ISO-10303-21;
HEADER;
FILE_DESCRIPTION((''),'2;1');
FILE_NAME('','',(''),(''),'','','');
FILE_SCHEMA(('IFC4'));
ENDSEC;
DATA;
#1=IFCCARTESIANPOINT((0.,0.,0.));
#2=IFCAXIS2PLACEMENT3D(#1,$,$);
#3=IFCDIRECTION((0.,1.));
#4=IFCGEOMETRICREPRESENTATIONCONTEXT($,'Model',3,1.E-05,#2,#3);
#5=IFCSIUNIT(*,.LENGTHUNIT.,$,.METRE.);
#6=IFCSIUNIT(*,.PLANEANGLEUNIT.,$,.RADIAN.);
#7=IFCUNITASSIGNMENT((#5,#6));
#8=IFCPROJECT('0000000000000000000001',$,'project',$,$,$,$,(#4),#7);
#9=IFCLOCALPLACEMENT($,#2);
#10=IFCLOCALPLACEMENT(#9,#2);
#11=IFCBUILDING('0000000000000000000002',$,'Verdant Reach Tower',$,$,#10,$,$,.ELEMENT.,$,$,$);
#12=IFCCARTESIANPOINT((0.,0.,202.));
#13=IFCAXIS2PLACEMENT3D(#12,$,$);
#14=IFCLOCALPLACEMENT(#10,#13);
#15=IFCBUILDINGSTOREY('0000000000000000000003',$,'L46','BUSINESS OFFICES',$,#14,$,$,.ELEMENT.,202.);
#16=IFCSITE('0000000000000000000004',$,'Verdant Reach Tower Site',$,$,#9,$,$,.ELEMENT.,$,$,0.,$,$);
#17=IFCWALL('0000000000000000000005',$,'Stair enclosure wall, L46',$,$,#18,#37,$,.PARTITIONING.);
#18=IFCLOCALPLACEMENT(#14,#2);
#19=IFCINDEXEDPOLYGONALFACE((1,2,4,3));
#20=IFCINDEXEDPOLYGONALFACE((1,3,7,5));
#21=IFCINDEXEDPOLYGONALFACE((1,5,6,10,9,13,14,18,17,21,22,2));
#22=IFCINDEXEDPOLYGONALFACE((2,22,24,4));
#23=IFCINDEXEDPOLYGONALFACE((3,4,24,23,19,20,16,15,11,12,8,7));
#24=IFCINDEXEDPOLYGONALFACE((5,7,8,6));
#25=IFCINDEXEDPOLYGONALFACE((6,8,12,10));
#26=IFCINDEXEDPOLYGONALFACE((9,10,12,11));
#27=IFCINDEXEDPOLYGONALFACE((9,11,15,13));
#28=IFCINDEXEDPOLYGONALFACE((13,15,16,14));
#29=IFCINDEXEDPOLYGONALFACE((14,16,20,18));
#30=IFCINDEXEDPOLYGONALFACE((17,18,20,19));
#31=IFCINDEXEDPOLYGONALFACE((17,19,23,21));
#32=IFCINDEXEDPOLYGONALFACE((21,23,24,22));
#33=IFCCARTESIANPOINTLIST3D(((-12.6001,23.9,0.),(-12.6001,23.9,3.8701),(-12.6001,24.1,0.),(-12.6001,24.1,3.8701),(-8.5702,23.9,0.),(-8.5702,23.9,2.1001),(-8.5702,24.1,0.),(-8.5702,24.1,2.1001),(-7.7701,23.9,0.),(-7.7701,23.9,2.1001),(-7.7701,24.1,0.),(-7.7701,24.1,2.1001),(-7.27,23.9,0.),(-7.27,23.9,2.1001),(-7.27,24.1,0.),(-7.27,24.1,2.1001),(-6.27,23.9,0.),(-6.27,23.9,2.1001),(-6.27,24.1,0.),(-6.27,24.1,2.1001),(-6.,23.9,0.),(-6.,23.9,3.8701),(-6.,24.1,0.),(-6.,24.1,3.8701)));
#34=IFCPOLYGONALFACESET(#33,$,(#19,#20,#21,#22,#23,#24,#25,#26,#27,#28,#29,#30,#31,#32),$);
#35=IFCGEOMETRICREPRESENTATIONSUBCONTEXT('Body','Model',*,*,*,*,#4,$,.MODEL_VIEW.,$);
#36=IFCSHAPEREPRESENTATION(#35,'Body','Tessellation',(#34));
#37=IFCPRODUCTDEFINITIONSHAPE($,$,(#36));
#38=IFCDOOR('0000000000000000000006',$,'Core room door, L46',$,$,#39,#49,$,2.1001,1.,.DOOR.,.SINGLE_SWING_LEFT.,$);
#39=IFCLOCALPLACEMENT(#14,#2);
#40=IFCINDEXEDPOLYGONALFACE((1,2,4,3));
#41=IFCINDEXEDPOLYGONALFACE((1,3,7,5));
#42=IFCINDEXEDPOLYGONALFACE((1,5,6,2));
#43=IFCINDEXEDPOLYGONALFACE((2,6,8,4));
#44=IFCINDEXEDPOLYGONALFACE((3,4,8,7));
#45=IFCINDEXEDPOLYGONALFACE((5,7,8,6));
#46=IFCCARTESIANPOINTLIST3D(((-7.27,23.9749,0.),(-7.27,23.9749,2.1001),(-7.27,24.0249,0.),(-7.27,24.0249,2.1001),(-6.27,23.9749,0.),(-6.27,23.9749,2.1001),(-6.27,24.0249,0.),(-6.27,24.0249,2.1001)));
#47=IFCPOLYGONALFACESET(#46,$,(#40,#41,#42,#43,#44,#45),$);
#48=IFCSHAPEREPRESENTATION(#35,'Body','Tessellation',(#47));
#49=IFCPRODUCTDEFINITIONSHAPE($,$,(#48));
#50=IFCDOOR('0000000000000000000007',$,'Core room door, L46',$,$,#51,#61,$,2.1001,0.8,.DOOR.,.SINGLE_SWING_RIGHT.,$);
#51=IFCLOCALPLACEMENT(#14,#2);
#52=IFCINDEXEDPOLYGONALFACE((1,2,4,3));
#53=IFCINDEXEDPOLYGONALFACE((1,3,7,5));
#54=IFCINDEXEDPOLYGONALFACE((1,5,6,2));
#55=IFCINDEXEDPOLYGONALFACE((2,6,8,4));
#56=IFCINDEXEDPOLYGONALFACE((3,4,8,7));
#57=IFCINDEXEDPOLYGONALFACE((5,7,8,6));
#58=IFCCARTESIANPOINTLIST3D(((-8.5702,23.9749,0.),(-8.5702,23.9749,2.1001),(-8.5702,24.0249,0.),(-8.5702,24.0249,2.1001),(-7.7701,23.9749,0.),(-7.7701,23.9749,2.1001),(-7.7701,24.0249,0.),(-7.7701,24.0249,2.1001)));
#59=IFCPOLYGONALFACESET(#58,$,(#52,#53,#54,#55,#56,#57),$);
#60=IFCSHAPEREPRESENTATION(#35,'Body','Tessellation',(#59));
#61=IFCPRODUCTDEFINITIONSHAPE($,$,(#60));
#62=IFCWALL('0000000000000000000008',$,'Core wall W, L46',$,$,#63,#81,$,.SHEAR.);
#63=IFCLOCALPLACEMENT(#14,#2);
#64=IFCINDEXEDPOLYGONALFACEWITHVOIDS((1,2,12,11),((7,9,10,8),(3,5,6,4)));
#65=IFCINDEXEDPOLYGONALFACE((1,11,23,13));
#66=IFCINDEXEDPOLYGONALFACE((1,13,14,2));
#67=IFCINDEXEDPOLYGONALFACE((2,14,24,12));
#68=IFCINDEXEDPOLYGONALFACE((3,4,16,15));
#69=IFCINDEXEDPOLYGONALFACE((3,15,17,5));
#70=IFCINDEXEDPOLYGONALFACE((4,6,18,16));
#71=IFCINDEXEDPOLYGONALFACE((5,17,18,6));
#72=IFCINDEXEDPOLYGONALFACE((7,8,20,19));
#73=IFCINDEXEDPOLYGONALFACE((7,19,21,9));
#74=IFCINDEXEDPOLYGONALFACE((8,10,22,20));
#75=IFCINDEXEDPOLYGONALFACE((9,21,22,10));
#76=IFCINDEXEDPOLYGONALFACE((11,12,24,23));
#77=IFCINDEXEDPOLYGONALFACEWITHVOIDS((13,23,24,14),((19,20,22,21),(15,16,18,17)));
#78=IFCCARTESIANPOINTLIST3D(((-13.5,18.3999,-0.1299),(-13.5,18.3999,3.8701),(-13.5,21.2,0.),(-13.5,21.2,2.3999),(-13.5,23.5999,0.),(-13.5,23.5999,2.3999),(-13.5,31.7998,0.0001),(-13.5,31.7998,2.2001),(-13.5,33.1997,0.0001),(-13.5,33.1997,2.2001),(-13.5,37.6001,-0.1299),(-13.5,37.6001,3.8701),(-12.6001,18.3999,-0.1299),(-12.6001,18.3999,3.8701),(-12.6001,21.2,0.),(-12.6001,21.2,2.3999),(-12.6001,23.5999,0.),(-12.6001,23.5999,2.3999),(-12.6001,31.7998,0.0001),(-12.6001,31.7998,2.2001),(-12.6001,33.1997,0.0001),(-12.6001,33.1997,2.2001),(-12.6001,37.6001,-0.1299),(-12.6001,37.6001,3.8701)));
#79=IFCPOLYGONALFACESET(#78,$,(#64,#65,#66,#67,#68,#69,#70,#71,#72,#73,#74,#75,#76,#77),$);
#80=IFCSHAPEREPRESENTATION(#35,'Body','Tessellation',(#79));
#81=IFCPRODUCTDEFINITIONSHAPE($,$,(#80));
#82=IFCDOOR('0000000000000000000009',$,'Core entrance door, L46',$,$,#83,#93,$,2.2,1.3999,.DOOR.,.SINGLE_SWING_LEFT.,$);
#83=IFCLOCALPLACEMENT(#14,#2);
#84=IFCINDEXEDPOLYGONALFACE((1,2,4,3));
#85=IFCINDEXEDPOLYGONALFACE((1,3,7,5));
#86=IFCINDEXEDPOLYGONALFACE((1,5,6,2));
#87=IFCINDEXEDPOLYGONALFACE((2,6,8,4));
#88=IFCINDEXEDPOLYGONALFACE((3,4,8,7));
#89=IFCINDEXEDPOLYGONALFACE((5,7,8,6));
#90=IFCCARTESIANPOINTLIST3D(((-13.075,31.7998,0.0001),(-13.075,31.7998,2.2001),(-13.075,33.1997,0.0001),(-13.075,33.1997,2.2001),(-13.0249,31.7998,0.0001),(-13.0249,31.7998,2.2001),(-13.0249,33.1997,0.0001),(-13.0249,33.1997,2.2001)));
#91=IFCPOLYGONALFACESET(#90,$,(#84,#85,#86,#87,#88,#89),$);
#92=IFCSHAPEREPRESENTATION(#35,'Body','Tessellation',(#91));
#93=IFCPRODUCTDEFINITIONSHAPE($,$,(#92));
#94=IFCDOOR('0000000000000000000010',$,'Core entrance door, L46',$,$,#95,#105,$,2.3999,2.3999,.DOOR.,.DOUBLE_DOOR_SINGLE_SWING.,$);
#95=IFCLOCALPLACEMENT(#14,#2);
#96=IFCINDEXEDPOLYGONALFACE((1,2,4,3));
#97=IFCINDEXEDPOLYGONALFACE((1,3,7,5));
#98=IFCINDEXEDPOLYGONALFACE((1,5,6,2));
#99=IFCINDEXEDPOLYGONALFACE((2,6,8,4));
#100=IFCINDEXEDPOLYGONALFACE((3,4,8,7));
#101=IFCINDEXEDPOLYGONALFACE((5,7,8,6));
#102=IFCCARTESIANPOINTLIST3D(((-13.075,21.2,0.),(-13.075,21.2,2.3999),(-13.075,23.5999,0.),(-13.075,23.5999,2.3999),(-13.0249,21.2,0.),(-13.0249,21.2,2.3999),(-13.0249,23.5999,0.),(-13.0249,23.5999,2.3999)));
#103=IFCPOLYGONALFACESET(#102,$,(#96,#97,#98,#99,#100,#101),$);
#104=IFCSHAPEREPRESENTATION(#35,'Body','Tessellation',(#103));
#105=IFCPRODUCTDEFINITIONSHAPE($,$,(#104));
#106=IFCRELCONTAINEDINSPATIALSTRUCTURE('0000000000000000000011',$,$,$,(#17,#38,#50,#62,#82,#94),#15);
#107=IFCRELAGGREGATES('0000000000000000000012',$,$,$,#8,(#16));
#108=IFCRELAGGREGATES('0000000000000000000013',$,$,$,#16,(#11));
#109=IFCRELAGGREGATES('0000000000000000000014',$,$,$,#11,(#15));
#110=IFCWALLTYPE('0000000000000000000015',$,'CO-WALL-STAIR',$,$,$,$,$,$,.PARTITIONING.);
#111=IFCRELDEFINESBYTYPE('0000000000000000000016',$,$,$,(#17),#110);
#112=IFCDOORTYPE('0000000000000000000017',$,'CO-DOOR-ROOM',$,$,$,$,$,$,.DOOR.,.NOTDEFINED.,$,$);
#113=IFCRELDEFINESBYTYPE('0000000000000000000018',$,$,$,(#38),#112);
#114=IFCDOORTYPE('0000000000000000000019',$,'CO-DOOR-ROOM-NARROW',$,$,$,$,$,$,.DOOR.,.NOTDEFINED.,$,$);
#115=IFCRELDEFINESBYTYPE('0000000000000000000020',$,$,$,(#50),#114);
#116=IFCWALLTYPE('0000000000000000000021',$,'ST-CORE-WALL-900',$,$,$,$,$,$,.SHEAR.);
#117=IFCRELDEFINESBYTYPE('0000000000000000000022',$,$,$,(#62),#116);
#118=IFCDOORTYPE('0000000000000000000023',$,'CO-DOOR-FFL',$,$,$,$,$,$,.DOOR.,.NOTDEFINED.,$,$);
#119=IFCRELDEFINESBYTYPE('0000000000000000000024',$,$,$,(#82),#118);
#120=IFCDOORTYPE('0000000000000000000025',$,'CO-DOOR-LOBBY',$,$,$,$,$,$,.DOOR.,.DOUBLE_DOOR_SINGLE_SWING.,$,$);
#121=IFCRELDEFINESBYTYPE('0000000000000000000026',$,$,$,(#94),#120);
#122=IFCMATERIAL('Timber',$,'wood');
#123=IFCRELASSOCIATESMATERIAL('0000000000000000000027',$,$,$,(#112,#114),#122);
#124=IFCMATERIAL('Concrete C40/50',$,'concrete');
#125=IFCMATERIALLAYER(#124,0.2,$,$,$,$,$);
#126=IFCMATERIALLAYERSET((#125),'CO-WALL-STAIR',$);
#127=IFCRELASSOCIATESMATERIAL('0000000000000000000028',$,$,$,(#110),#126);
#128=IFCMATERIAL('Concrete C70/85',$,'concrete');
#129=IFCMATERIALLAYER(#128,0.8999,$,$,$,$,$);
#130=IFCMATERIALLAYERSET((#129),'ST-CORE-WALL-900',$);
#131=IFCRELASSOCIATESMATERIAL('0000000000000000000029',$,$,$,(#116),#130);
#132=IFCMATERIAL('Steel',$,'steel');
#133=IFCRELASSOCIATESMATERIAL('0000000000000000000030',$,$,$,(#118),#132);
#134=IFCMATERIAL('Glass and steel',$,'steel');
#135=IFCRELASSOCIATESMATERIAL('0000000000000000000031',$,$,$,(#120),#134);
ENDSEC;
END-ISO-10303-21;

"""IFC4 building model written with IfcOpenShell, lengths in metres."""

from ifc_helpers import new_model, si_unit, direction, frame, frame_2d, origin, place, context, subcontext, project, spatial, rectangle, extrude, material, layer, layer_set, type_object, element, fill, save


model = new_model("IFC4")

# Units and contexts
model_context = context("Model", 3, precision=1e-05, world=origin(), true_north=direction((0.0, 1.0)))
body_context = subcontext(model_context, "Body", "Model", "MODEL_VIEW")
ifc_project = project(units=[si_unit("LENGTHUNIT", "METRE"), si_unit("PLANEANGLEUNIT", "RADIAN")], contexts=[model_context])

# Site, building, storey
site_placement = place(None, origin())
site = spatial("IfcSite", under=ifc_project, at=site_placement, Name="Verdant Reach Tower Site", CompositionType="ELEMENT", RefElevation=0.0)
building_placement = place(site_placement, origin())
building = spatial("IfcBuilding", under=site, at=building_placement, Name="Verdant Reach Tower", CompositionType="ELEMENT")
storey_placement = place(building_placement, frame((0.0, 0.0, 202.0)))
storey = spatial("IfcBuildingStorey", under=building, at=storey_placement, Name="L46", Description="BUSINESS OFFICES", CompositionType="ELEMENT", Elevation=202.0)

# Shared definitions
ifc_material_1 = material(Name="Timber", Category="wood")
door_type_1 = type_object("IfcDoorType", Name="CO-DOOR-ROOM", OperationType="NOTDEFINED", PredefinedType="DOOR", material=ifc_material_1)

# Walls, openings, doors
ifc_material_2 = material(Name="Concrete C40/50", Category="concrete")
ifc_layer_1 = layer(ifc_material_2, 0.2)
ifc_layer_set_1 = layer_set([ifc_layer_1], Name="CO-WALL-STAIR")
wall_type_1 = type_object("IfcWallType", Name="CO-WALL-STAIR", PredefinedType="PARTITIONING", material=ifc_layer_set_1)
wall_1_placement = place(storey_placement, frame((-12.6001, 24.0, 0.0), z_axis=(0.0, 0.0, 1.0), x_axis=(1.0, 0.0, 0.0)))
wall_1 = element("IfcWall", 1, at=wall_1_placement, inside=storey, type_object=wall_type_1, Name="Stair enclosure wall, L46", PredefinedType="PARTITIONING", context=body_context, shape_type="SweptSolid", body=[
    extrude(rectangle(XDim=6.6001, YDim=0.2, at=frame_2d((3.3, 0.0))), origin(), (0.0, 0.0, 1.0), 3.8701),
])
opening_1_placement = place(wall_1_placement, frame((4.03, 0.0, 0.0)))
opening_1 = element("IfcOpeningElement", 2, at=opening_1_placement, cuts=wall_1, PredefinedType="OPENING", context=body_context, shape_type="SweptSolid", body=[
    extrude(rectangle(XDim=0.8, YDim=2.1001, at=frame_2d((0.3999, 1.05))), frame((0.0, 0.1099, 0.0), z_axis=(0.0, -1.0, 0.0), x_axis=(1.0, 0.0, 0.0)), (0.0, 0.0, 1.0), 0.22),
])
opening_2_placement = place(wall_1_placement, frame((5.3301, 0.0, 0.0)))
opening_2 = element("IfcOpeningElement", 3, at=opening_2_placement, cuts=wall_1, PredefinedType="OPENING", context=body_context, shape_type="SweptSolid", body=[
    extrude(rectangle(XDim=1.0, YDim=2.1001, at=frame_2d((0.5, 1.05))), frame((0.0, 0.1099, 0.0), z_axis=(0.0, -1.0, 0.0), x_axis=(1.0, 0.0, 0.0)), (0.0, 0.0, 1.0), 0.22),
])
door_1_placement = place(opening_2_placement, origin())
door_1 = element("IfcDoor", 4, at=door_1_placement, inside=storey, type_object=door_type_1, Name="Core room door, L46", OperationType="SINGLE_SWING_LEFT", OverallHeight=2.1001, OverallWidth=1.0, PredefinedType="DOOR", context=body_context, shape_type="SweptSolid", body=[
    extrude(rectangle(XDim=1.0, YDim=2.1001, at=frame_2d((0.5, 1.05))), frame((0.0, 0.0249, 0.0), z_axis=(0.0, -1.0, 0.0), x_axis=(1.0, 0.0, 0.0)), (0.0, 0.0, 1.0), 0.05),
])
fill(opening_2, door_1)
door_type_2 = type_object("IfcDoorType", Name="CO-DOOR-ROOM-NARROW", OperationType="NOTDEFINED", PredefinedType="DOOR", material=ifc_material_1)
door_2_placement = place(opening_1_placement, origin())
door_2 = element("IfcDoor", 5, at=door_2_placement, inside=storey, type_object=door_type_2, Name="Core room door, L46", OperationType="SINGLE_SWING_RIGHT", OverallHeight=2.1001, OverallWidth=0.8, PredefinedType="DOOR", context=body_context, shape_type="SweptSolid", body=[
    extrude(rectangle(XDim=0.8, YDim=2.1001, at=frame_2d((0.3999, 1.05))), frame((0.0, 0.0249, 0.0), z_axis=(0.0, -1.0, 0.0), x_axis=(1.0, 0.0, 0.0)), (0.0, 0.0, 1.0), 0.05),
])
fill(opening_1, door_2)
ifc_material_3 = material(Name="Concrete C70/85", Category="concrete")
ifc_layer_2 = layer(ifc_material_3, 0.8999)
ifc_layer_set_2 = layer_set([ifc_layer_2], Name="ST-CORE-WALL-900")
wall_type_2 = type_object("IfcWallType", Name="ST-CORE-WALL-900", PredefinedType="SHEAR", material=ifc_layer_set_2)
wall_2_placement = place(storey_placement, frame((-13.05, 18.3999, -0.1299), z_axis=(0.0, 0.0, 1.0), x_axis=(0.0, 1.0, 0.0)))
wall_2 = element("IfcWall", 6, at=wall_2_placement, inside=storey, type_object=wall_type_2, Name="Core wall W, L46", PredefinedType="SHEAR", context=body_context, shape_type="SweptSolid", body=[
    extrude(rectangle(XDim=19.2002, YDim=0.8999, at=frame_2d((9.6001, 0.0))), origin(), (0.0, 0.0, 1.0), 4.0),
])
opening_3_placement = place(wall_2_placement, frame((2.8, 0.0, 0.1299)))
opening_3 = element("IfcOpeningElement", 7, at=opening_3_placement, cuts=wall_2, PredefinedType="OPENING", context=body_context, shape_type="SweptSolid", body=[
    extrude(rectangle(XDim=2.3999, YDim=2.3999, at=frame_2d((1.2, 1.2))), frame((0.0, 0.46, 0.0), z_axis=(0.0, -1.0, 0.0), x_axis=(1.0, 0.0, 0.0)), (0.0, 0.0, 1.0), 0.9199),
])
opening_4_placement = place(wall_2_placement, frame((13.3999, 0.0, 0.1299)))
opening_4 = element("IfcOpeningElement", 8, at=opening_4_placement, cuts=wall_2, PredefinedType="OPENING", context=body_context, shape_type="SweptSolid", body=[
    extrude(rectangle(XDim=1.3999, YDim=2.2, at=frame_2d((0.7, 1.1001))), frame((0.0, 0.46, 0.0), z_axis=(0.0, -1.0, 0.0), x_axis=(1.0, 0.0, 0.0)), (0.0, 0.0, 1.0), 0.9199),
])
ifc_material_4 = material(Name="Steel", Category="steel")
door_type_3 = type_object("IfcDoorType", Name="CO-DOOR-FFL", OperationType="NOTDEFINED", PredefinedType="DOOR", material=ifc_material_4)
door_3_placement = place(opening_4_placement, origin())
door_3 = element("IfcDoor", 9, at=door_3_placement, inside=storey, type_object=door_type_3, Name="Core entrance door, L46", OperationType="SINGLE_SWING_LEFT", OverallHeight=2.2, OverallWidth=1.3999, PredefinedType="DOOR", context=body_context, shape_type="SweptSolid", body=[
    extrude(rectangle(XDim=1.3999, YDim=2.2, at=frame_2d((0.7, 1.1001))), frame((0.0, 0.0249, 0.0), z_axis=(0.0, -1.0, 0.0), x_axis=(1.0, 0.0, 0.0)), (0.0, 0.0, 1.0), 0.05),
])
fill(opening_4, door_3)
ifc_material_5 = material(Name="Glass and steel", Category="steel")
door_type_4 = type_object("IfcDoorType", Name="CO-DOOR-LOBBY", OperationType="DOUBLE_DOOR_SINGLE_SWING", PredefinedType="DOOR", material=ifc_material_5)
door_4_placement = place(opening_3_placement, origin())
door_4 = element("IfcDoor", 10, at=door_4_placement, inside=storey, type_object=door_type_4, Name="Core entrance door, L46", OperationType="DOUBLE_DOOR_SINGLE_SWING", OverallHeight=2.3999, OverallWidth=2.3999, PredefinedType="DOOR", context=body_context, shape_type="SweptSolid", body=[
    extrude(rectangle(XDim=2.3999, YDim=2.3999, at=frame_2d((1.2, 1.2))), frame((0.0, 0.0249, 0.0), z_axis=(0.0, -1.0, 0.0), x_axis=(1.0, 0.0, 0.0)), (0.0, 0.0, 1.0), 0.05),
])
fill(opening_3, door_4)

save(model, "model.ifc")
